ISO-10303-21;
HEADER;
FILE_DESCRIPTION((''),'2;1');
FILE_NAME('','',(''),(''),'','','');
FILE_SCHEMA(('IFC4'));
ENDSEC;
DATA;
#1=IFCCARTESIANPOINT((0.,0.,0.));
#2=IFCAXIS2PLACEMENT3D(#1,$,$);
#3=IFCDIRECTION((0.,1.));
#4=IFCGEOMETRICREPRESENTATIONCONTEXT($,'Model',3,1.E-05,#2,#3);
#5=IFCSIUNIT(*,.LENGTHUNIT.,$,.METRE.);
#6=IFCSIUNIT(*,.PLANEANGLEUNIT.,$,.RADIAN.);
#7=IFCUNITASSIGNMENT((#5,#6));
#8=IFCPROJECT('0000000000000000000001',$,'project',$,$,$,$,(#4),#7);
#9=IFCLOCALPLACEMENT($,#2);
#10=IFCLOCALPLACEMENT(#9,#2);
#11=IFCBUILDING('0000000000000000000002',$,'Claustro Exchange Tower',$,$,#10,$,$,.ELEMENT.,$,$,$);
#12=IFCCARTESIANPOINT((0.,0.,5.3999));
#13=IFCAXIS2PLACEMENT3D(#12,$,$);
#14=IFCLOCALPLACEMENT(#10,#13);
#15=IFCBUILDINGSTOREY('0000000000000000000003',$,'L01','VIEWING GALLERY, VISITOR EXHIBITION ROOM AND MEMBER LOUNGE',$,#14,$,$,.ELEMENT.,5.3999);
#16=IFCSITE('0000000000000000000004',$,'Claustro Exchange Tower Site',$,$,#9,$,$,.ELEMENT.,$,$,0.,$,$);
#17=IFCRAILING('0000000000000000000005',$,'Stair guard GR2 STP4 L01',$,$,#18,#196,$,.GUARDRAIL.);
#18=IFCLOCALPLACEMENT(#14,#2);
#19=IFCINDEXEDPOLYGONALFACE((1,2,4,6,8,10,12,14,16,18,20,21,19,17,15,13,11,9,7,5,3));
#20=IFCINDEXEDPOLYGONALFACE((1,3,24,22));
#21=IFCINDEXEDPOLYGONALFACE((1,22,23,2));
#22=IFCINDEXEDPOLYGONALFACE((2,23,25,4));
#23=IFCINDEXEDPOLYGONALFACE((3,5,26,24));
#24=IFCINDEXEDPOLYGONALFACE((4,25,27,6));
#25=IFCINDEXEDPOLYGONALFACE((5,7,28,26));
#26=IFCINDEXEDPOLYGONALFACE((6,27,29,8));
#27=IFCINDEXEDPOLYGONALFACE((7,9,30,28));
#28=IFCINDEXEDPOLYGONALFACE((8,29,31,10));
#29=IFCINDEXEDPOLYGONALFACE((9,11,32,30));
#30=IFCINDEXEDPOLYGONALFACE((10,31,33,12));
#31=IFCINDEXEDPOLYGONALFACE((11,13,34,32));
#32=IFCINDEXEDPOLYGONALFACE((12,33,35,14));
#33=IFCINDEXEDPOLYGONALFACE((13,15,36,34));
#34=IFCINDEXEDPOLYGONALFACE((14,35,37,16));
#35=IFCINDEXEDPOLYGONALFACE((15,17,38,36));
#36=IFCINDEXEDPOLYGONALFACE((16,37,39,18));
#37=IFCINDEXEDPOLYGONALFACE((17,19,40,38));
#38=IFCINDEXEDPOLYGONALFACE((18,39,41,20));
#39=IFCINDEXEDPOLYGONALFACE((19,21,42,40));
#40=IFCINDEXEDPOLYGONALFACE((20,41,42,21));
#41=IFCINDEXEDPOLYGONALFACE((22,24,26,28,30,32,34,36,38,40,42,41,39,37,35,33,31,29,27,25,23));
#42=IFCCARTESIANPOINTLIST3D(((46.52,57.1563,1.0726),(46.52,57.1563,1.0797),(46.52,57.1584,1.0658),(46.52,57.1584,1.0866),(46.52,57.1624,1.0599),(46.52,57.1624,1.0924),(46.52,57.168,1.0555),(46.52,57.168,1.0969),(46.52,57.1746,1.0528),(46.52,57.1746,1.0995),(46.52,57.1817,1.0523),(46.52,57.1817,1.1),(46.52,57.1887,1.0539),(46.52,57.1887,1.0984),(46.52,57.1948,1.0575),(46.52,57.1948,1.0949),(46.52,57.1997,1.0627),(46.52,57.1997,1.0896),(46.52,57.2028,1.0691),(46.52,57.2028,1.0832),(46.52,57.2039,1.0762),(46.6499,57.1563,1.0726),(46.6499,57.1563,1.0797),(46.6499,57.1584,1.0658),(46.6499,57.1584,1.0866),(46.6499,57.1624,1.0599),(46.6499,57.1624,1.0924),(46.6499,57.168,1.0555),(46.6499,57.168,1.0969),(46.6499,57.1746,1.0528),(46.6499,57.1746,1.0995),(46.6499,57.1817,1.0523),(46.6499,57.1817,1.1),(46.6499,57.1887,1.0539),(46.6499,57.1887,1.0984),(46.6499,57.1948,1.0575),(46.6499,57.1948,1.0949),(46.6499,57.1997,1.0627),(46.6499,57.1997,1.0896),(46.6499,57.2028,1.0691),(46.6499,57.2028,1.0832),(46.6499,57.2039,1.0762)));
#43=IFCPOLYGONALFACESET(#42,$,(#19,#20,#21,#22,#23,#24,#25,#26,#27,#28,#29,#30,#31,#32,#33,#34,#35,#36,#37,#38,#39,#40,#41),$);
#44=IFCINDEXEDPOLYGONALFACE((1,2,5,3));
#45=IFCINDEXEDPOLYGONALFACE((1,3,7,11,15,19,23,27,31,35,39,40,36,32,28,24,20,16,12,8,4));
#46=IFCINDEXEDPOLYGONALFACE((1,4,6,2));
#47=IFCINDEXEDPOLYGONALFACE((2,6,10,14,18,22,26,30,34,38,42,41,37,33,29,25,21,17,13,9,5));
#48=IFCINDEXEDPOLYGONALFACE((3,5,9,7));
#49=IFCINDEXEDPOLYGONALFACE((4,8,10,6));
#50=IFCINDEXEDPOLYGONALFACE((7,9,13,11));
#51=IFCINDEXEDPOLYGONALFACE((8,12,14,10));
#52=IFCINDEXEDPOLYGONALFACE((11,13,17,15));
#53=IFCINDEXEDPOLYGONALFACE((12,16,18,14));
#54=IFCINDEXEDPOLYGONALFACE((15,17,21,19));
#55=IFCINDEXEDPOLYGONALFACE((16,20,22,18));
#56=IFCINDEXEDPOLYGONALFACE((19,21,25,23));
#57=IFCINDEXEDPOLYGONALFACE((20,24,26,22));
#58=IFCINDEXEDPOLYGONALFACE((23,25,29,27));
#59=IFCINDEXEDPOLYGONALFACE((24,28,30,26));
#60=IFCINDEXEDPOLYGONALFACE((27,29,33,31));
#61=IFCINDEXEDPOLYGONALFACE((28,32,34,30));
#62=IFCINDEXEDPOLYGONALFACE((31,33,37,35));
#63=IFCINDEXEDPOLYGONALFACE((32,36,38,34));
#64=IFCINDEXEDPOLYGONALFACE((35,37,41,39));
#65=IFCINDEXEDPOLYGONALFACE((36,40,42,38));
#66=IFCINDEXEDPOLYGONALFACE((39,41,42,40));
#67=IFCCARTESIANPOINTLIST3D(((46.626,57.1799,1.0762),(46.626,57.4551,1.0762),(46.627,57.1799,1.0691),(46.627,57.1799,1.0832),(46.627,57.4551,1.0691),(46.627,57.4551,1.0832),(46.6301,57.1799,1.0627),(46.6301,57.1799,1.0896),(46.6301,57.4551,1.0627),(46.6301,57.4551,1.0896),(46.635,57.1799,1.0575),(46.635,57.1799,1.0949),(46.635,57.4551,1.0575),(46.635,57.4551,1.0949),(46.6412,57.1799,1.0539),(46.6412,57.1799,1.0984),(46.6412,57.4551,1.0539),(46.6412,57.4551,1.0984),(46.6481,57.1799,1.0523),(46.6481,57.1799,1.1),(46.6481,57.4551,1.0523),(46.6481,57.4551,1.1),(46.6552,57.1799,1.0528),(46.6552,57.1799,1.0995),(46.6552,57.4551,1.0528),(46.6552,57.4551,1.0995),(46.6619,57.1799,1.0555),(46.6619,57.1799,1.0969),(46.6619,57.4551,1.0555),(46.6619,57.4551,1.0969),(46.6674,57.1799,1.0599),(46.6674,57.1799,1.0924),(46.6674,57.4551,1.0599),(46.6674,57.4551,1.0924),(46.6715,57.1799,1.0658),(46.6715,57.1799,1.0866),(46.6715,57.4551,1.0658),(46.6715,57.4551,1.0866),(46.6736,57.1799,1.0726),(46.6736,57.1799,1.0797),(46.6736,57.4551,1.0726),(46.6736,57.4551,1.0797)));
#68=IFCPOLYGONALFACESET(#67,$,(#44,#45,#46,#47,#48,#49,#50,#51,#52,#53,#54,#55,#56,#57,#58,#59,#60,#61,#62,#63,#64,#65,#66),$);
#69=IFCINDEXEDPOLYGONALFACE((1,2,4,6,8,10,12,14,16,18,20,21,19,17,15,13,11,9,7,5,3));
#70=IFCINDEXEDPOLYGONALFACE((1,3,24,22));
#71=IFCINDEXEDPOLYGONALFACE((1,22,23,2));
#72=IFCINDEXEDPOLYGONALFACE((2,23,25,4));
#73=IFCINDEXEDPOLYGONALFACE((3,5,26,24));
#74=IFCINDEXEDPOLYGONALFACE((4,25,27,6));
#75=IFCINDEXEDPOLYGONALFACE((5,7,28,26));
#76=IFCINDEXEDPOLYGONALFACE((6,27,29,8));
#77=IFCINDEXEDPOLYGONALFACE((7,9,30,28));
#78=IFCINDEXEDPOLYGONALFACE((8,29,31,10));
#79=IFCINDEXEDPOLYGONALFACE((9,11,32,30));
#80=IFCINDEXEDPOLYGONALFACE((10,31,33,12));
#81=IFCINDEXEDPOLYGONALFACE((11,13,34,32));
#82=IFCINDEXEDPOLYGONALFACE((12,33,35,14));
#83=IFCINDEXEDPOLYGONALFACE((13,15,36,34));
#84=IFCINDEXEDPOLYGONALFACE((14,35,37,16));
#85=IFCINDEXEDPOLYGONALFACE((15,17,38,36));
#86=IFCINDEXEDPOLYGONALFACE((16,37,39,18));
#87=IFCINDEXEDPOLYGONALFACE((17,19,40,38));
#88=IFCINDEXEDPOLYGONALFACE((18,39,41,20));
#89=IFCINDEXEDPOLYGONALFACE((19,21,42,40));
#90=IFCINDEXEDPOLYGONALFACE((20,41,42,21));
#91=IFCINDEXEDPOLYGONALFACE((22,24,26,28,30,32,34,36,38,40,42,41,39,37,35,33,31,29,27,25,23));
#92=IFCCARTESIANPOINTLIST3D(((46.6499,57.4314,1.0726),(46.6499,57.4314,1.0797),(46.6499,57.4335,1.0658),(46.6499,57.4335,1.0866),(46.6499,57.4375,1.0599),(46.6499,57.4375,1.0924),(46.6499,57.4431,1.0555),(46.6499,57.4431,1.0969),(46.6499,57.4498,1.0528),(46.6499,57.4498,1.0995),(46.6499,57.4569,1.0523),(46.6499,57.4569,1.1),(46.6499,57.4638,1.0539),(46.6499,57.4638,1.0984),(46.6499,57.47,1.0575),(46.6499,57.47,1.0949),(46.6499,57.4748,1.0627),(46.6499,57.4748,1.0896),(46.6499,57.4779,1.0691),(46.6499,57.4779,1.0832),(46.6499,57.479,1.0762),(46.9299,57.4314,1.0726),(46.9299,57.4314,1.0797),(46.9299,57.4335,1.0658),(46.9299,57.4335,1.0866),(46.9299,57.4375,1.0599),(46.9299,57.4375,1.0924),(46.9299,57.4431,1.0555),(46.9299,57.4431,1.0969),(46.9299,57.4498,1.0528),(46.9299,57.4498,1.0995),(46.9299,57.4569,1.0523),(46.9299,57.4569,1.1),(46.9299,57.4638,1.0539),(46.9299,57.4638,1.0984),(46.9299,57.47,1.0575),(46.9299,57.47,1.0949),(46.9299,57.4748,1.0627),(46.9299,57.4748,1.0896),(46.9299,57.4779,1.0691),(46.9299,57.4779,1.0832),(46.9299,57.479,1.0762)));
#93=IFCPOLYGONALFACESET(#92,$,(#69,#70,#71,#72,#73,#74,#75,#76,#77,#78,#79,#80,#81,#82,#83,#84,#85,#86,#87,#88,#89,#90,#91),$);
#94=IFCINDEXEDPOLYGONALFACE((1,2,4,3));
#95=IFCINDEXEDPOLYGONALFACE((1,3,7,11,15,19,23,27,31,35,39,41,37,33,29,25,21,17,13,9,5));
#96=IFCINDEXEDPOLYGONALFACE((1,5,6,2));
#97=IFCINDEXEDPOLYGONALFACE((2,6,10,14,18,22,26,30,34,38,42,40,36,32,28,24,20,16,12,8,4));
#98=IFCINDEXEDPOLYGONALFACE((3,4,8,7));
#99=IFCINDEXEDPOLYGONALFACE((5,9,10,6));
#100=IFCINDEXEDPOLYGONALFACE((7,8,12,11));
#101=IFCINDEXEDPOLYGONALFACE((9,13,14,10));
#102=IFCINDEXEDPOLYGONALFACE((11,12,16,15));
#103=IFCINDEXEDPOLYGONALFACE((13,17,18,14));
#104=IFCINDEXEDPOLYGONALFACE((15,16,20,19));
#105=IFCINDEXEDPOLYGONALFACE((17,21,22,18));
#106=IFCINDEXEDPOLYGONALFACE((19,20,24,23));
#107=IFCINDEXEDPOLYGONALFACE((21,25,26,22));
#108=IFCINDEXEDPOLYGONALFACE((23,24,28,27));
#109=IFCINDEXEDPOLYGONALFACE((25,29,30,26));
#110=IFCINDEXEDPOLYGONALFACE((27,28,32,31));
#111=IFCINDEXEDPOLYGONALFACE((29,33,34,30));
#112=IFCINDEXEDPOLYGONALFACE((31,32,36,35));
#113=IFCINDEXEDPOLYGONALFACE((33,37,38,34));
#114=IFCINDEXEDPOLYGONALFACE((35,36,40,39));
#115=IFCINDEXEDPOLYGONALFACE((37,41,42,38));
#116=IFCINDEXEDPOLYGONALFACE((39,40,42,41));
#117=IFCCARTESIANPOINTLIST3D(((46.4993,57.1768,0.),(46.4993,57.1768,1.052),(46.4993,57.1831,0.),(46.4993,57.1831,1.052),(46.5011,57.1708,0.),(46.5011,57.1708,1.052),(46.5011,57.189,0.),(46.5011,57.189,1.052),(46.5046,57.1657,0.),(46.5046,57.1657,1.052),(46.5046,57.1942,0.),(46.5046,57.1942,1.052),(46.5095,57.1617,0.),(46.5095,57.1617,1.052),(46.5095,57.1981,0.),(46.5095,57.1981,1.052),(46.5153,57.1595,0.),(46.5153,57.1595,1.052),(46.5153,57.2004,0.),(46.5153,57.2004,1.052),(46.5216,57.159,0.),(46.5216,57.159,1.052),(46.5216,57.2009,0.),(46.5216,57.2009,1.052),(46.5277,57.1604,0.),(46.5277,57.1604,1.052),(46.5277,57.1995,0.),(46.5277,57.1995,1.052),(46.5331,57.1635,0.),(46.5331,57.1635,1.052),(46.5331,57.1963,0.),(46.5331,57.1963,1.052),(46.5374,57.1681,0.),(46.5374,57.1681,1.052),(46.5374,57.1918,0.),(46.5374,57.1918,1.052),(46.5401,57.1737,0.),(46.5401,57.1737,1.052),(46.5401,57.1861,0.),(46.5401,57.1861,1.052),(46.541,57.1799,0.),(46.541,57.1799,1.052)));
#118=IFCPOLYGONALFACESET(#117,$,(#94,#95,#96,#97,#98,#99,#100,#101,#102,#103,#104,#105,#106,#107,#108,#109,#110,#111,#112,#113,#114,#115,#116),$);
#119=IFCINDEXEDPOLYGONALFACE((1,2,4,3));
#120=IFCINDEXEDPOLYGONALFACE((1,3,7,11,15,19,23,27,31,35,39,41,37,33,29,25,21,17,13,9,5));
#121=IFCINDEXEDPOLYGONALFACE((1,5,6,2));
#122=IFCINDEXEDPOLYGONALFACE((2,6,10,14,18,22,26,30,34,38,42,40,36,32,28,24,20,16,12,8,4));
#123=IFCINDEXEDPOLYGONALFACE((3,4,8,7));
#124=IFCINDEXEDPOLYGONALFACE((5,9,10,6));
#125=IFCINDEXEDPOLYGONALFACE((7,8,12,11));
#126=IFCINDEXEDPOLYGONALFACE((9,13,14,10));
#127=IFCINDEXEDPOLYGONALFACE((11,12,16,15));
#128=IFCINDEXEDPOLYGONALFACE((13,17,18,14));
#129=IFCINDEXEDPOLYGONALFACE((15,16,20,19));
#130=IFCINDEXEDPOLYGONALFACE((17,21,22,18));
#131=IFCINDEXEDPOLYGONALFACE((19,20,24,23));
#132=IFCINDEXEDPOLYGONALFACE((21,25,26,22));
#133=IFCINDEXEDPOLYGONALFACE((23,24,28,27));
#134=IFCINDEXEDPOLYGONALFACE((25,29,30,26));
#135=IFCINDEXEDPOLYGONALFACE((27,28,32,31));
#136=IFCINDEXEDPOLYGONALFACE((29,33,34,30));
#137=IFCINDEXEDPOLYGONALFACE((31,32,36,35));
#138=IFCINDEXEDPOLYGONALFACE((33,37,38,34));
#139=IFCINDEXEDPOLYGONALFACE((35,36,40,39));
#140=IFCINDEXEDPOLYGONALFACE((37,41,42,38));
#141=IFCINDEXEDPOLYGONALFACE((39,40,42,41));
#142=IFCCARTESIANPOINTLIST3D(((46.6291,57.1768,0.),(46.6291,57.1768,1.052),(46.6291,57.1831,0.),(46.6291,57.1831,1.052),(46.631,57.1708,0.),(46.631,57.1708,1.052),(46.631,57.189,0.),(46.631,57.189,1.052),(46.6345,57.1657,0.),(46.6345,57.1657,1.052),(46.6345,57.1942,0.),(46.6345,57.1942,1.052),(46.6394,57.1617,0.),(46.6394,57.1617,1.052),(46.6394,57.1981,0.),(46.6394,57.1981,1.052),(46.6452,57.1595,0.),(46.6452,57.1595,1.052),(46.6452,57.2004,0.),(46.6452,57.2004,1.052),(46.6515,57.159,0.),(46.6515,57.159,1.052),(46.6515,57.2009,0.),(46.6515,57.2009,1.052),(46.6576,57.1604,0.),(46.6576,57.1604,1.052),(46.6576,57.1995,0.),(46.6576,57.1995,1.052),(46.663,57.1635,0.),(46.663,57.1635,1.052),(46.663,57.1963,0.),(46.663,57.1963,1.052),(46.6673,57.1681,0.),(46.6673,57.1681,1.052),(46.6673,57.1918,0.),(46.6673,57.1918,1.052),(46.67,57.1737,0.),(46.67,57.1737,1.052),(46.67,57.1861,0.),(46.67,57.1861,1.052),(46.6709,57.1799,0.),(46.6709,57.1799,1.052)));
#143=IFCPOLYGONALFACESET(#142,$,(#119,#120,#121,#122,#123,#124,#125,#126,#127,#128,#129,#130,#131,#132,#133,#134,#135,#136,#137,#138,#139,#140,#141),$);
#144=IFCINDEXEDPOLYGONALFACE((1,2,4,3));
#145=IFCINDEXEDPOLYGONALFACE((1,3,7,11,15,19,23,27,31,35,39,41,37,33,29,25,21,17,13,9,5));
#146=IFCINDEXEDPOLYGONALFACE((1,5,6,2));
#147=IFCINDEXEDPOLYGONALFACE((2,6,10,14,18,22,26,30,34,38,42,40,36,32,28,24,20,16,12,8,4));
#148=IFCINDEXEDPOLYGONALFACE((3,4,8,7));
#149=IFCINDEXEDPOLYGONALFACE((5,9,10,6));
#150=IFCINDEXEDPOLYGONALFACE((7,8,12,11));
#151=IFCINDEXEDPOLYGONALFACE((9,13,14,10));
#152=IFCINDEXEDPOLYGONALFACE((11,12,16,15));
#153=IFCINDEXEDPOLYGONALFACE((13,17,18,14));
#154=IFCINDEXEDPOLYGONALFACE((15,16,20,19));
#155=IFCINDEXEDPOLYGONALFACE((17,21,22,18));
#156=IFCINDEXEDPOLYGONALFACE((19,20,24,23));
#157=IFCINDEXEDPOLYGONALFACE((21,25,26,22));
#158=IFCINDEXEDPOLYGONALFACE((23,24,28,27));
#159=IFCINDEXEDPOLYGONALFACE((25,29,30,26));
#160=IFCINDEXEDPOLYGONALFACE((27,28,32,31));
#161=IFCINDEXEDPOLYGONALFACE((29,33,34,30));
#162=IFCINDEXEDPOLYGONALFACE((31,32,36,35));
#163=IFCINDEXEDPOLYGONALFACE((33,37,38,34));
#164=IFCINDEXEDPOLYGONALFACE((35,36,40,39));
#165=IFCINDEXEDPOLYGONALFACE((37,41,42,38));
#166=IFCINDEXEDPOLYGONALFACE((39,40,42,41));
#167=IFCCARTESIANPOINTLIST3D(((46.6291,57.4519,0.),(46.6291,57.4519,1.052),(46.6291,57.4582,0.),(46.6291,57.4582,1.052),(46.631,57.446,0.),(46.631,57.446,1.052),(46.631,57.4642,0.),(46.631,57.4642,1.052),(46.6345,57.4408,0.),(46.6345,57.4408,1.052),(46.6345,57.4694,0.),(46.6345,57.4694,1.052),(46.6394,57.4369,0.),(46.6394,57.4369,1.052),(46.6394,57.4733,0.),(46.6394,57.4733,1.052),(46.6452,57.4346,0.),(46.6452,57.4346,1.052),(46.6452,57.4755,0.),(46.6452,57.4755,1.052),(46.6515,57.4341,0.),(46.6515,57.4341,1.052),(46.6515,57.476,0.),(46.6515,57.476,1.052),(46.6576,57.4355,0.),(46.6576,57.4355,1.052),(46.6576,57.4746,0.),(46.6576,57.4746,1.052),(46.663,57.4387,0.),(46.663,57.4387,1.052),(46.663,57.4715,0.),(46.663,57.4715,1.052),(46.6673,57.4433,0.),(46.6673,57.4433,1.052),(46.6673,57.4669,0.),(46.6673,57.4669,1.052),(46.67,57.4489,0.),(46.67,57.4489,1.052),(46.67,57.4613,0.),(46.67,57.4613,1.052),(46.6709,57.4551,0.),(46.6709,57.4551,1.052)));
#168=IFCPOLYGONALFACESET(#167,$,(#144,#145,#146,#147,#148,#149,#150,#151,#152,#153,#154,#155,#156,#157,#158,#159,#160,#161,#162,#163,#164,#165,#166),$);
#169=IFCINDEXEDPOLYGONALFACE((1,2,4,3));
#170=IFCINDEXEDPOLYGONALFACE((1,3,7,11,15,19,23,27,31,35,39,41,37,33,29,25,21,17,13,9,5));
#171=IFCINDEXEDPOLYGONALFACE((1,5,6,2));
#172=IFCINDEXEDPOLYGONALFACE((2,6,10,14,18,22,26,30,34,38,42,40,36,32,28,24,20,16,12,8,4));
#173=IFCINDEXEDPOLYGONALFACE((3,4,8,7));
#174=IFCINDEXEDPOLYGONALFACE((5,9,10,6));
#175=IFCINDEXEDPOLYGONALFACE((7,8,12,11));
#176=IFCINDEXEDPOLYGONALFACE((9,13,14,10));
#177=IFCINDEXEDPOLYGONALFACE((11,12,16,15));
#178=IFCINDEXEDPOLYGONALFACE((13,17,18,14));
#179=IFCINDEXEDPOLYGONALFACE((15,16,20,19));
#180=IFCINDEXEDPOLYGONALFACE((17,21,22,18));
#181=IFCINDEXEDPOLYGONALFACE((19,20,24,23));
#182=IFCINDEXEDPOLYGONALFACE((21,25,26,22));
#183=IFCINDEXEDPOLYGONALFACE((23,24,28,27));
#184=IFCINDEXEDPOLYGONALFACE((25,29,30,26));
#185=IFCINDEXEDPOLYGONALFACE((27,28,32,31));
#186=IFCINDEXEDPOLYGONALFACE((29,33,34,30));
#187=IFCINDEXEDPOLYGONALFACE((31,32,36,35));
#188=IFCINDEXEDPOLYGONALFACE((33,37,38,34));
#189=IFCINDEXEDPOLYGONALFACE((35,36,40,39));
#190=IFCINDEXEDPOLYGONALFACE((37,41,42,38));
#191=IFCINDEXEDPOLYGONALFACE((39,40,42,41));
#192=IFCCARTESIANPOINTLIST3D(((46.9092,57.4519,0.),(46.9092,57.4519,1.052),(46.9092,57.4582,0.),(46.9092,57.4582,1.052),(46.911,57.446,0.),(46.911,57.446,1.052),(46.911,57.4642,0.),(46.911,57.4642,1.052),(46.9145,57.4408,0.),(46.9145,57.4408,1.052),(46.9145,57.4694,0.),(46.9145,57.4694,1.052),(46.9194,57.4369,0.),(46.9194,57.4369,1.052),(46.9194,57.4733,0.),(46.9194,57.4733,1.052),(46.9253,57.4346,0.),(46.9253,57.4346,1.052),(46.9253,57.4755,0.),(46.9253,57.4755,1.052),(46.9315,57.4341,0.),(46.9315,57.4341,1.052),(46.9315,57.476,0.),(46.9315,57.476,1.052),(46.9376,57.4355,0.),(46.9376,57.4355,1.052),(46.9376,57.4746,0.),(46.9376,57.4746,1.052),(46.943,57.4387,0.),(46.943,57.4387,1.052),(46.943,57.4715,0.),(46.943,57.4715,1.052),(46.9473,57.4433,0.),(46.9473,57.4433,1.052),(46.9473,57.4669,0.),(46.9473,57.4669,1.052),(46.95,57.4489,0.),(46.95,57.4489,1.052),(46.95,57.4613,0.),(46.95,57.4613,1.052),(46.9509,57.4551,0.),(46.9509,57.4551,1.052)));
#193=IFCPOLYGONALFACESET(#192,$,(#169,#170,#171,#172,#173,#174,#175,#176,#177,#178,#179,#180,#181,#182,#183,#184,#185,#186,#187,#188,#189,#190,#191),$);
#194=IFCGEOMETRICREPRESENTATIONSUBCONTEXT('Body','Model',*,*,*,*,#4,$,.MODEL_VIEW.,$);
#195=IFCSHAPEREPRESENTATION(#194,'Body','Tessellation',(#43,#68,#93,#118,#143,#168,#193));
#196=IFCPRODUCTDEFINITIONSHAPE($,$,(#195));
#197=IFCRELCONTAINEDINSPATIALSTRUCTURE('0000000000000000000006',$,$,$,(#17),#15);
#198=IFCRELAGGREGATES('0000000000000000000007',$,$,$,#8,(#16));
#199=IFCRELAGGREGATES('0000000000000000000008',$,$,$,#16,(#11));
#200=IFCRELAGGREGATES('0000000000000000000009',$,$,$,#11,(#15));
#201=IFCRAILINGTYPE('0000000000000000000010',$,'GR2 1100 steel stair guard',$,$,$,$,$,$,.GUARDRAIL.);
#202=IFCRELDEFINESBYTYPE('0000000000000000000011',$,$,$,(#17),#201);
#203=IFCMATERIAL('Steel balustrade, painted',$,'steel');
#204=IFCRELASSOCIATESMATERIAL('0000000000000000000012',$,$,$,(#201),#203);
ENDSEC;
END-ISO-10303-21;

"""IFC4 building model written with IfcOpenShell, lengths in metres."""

from ifc_helpers import new_model, si_unit, direction, frame, origin, origin_2d, place, context, subcontext, project, spatial, circle, extrude, material, type_object, element, save


model = new_model("IFC4")

# Units and contexts
model_context = context("Model", 3, precision=1e-05, world=origin(), true_north=direction((0.0, 1.0)))
body_context = subcontext(model_context, "Body", "Model", "MODEL_VIEW")
ifc_project = project(units=[si_unit("LENGTHUNIT", "METRE"), si_unit("PLANEANGLEUNIT", "RADIAN")], contexts=[model_context])

# Site, building, storey
site_placement = place(None, origin())
site = spatial("IfcSite", under=ifc_project, at=site_placement, Name="Claustro Exchange Tower Site", CompositionType="ELEMENT", RefElevation=0.0)
building_placement = place(site_placement, origin())
building = spatial("IfcBuilding", under=site, at=building_placement, Name="Claustro Exchange Tower", CompositionType="ELEMENT")
storey_placement = place(building_placement, frame((0.0, 0.0, 5.3999)))
storey = spatial("IfcBuildingStorey", under=building, at=storey_placement, Name="L01", Description="VIEWING GALLERY, VISITOR EXHIBITION ROOM AND MEMBER LOUNGE", CompositionType="ELEMENT", Elevation=5.3999)

# Railing
ifc_material_1 = material(Name="Steel balustrade, painted", Category="steel")
railing_type_1 = type_object("IfcRailingType", Name="GR2 1100 steel stair guard", PredefinedType="GUARDRAIL", material=ifc_material_1)
railing_1_placement = place(storey_placement, frame((46.52, 57.1799, 0.0)))
element("IfcRailing", 1, at=railing_1_placement, inside=storey, type_object=railing_type_1, Name="Stair guard GR2 STP4 L01", PredefinedType="GUARDRAIL", context=body_context, shape_type="SweptSolid", body=[
    extrude(circle(Radius=0.0239, at=origin_2d()), frame((0.0, 0.0, 1.0762), z_axis=(1.0, 0.0, 0.0), x_axis=(0.0, 1.0, 0.0)), (0.0, 0.0, 1.0), 0.1299),
    extrude(circle(Radius=0.0239, at=origin_2d()), frame((0.1299, 0.0, 1.0762), z_axis=(0.0, 1.0, 0.0), x_axis=(-1.0, 0.0, 0.0)), (0.0, 0.0, 1.0), 0.2751),
    extrude(circle(Radius=0.0239, at=origin_2d()), frame((0.1299, 0.2751, 1.0762), z_axis=(1.0, 0.0, 0.0), x_axis=(0.0, 1.0, 0.0)), (0.0, 0.0, 1.0), 0.28),
    extrude(circle(Radius=0.021, at=origin_2d()), origin(), (0.0, 0.0, 1.0), 1.052),
    extrude(circle(Radius=0.021, at=origin_2d()), frame((0.1299, 0.0, 0.0)), (0.0, 0.0, 1.0), 1.052),
    extrude(circle(Radius=0.021, at=origin_2d()), frame((0.1299, 0.2751, 0.0)), (0.0, 0.0, 1.0), 1.052),
    extrude(circle(Radius=0.021, at=origin_2d()), frame((0.4099, 0.2751, 0.0)), (0.0, 0.0, 1.0), 1.052),
])

save(model, "model.ifc")
